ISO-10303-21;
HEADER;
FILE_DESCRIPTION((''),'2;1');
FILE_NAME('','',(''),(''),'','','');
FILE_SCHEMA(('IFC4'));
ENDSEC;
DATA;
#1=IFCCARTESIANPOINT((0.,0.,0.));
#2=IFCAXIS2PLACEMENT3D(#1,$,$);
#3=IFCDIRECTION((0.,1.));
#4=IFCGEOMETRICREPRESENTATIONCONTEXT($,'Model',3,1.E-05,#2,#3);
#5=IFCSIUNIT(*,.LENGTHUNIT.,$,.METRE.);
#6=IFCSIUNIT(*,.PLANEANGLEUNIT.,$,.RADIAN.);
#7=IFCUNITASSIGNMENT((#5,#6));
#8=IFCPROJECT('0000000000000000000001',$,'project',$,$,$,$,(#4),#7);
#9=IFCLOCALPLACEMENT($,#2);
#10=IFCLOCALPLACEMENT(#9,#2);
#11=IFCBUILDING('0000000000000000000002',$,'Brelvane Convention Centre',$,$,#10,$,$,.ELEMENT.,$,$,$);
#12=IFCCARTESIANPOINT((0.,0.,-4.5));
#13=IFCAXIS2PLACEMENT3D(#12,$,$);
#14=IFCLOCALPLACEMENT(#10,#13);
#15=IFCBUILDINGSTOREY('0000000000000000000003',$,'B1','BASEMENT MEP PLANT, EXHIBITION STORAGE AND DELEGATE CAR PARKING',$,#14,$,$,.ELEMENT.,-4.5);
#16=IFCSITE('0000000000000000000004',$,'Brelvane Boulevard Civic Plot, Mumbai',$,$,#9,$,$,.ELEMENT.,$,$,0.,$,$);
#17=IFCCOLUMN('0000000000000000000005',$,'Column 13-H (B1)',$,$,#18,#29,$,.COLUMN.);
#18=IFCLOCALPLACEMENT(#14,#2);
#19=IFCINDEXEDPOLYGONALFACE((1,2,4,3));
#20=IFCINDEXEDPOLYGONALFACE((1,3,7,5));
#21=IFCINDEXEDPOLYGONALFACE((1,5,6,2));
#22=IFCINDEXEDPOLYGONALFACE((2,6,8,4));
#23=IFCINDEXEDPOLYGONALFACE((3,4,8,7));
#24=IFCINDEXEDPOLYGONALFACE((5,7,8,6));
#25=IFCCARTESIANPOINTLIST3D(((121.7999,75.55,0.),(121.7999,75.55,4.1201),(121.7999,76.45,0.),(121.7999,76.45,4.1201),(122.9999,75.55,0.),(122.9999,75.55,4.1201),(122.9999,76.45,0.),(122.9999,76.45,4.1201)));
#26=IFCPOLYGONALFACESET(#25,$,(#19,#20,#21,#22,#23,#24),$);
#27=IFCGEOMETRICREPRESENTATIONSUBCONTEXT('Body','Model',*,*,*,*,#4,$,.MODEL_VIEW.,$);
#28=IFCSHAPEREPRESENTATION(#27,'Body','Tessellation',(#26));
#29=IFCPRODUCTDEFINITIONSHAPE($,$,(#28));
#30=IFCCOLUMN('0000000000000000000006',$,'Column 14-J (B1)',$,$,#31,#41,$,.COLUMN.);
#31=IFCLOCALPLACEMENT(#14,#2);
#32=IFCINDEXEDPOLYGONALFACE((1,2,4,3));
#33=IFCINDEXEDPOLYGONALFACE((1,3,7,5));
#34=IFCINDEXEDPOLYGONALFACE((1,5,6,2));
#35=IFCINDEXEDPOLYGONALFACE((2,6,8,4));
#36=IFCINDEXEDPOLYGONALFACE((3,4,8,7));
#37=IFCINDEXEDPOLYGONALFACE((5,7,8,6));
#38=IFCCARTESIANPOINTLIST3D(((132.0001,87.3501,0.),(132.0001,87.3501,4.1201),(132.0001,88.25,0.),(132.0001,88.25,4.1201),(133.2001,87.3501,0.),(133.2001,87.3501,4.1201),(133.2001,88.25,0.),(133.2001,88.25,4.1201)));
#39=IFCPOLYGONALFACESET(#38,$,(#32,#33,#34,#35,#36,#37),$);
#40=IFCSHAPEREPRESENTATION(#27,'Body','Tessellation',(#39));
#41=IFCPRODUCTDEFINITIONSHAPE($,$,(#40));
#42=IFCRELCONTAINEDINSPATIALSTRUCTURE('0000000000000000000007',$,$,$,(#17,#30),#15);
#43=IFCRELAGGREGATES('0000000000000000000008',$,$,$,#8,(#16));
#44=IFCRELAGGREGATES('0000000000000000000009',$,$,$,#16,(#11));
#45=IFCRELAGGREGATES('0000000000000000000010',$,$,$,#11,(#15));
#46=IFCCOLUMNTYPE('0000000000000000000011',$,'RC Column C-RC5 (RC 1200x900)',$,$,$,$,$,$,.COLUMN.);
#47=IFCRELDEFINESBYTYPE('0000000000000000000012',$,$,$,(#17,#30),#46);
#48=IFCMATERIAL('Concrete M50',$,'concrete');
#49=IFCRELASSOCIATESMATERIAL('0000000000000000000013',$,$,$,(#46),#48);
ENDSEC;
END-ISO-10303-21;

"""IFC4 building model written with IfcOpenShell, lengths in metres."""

from ifc_helpers import new_model, si_unit, direction, frame, origin, origin_2d, place, context, subcontext, project, spatial, rectangle, extrude, material, material_profile, profile_set, type_object, element, save


model = new_model("IFC4")

# Units and contexts
model_context = context("Model", 3, precision=1e-05, world=origin(), true_north=direction((0.0, 1.0)))
body_context = subcontext(model_context, "Body", "Model", "MODEL_VIEW")
ifc_project = project(units=[si_unit("LENGTHUNIT", "METRE"), si_unit("PLANEANGLEUNIT", "RADIAN")], contexts=[model_context])

# Site, building, storey
site_placement = place(None, origin())
site = spatial("IfcSite", under=ifc_project, at=site_placement, Name="Brelvane Boulevard Civic Plot, Mumbai", CompositionType="ELEMENT", RefElevation=0.0)
building_placement = place(site_placement, origin())
building = spatial("IfcBuilding", under=site, at=building_placement, Name="Brelvane Convention Centre", CompositionType="ELEMENT")
storey_placement = place(building_placement, frame((0.0, 0.0, -4.5)))
storey = spatial("IfcBuildingStorey", under=building, at=storey_placement, Name="B1", Description="BASEMENT MEP PLANT, EXHIBITION STORAGE AND DELEGATE CAR PARKING", CompositionType="ELEMENT", Elevation=-4.5)

# Columns
ifc_material_1 = material(Name="Concrete M50", Category="concrete")
ifc_material_profile_1 = material_profile(ifc_material_1, rectangle(XDim=1.2, YDim=0.8999, at=origin_2d()), Name="RC 1200x900")
ifc_profile_set_1 = profile_set([ifc_material_profile_1], Name="Concrete M50")
column_type_1 = type_object("IfcColumnType", Name="RC Column C-RC5 (RC 1200x900)", PredefinedType="COLUMN", material=ifc_profile_set_1)
for number, where, z_axis, x_axis, name in (
    (1, (122.3999, 76.0, 0.0), (0.0, 0.0, 1.0), (1.0, 0.0, 0.0), "Column 13-H (B1)"),
    (2, (132.6001, 87.8, 0.0), (0.0, 0.0, 1.0), (1.0, 0.0, 0.0), "Column 14-J (B1)"),
):
    element("IfcColumn", number, at=place(storey_placement, frame(where, z_axis=z_axis, x_axis=x_axis)), inside=storey, type_object=column_type_1, Name=name, PredefinedType="COLUMN", context=body_context, shape_type="SweptSolid", body=[
        extrude(rectangle(XDim=1.2, YDim=0.8999, at=origin_2d()), origin(), (0.0, 0.0, 1.0), 4.1201),
    ])

save(model, "model.ifc")
